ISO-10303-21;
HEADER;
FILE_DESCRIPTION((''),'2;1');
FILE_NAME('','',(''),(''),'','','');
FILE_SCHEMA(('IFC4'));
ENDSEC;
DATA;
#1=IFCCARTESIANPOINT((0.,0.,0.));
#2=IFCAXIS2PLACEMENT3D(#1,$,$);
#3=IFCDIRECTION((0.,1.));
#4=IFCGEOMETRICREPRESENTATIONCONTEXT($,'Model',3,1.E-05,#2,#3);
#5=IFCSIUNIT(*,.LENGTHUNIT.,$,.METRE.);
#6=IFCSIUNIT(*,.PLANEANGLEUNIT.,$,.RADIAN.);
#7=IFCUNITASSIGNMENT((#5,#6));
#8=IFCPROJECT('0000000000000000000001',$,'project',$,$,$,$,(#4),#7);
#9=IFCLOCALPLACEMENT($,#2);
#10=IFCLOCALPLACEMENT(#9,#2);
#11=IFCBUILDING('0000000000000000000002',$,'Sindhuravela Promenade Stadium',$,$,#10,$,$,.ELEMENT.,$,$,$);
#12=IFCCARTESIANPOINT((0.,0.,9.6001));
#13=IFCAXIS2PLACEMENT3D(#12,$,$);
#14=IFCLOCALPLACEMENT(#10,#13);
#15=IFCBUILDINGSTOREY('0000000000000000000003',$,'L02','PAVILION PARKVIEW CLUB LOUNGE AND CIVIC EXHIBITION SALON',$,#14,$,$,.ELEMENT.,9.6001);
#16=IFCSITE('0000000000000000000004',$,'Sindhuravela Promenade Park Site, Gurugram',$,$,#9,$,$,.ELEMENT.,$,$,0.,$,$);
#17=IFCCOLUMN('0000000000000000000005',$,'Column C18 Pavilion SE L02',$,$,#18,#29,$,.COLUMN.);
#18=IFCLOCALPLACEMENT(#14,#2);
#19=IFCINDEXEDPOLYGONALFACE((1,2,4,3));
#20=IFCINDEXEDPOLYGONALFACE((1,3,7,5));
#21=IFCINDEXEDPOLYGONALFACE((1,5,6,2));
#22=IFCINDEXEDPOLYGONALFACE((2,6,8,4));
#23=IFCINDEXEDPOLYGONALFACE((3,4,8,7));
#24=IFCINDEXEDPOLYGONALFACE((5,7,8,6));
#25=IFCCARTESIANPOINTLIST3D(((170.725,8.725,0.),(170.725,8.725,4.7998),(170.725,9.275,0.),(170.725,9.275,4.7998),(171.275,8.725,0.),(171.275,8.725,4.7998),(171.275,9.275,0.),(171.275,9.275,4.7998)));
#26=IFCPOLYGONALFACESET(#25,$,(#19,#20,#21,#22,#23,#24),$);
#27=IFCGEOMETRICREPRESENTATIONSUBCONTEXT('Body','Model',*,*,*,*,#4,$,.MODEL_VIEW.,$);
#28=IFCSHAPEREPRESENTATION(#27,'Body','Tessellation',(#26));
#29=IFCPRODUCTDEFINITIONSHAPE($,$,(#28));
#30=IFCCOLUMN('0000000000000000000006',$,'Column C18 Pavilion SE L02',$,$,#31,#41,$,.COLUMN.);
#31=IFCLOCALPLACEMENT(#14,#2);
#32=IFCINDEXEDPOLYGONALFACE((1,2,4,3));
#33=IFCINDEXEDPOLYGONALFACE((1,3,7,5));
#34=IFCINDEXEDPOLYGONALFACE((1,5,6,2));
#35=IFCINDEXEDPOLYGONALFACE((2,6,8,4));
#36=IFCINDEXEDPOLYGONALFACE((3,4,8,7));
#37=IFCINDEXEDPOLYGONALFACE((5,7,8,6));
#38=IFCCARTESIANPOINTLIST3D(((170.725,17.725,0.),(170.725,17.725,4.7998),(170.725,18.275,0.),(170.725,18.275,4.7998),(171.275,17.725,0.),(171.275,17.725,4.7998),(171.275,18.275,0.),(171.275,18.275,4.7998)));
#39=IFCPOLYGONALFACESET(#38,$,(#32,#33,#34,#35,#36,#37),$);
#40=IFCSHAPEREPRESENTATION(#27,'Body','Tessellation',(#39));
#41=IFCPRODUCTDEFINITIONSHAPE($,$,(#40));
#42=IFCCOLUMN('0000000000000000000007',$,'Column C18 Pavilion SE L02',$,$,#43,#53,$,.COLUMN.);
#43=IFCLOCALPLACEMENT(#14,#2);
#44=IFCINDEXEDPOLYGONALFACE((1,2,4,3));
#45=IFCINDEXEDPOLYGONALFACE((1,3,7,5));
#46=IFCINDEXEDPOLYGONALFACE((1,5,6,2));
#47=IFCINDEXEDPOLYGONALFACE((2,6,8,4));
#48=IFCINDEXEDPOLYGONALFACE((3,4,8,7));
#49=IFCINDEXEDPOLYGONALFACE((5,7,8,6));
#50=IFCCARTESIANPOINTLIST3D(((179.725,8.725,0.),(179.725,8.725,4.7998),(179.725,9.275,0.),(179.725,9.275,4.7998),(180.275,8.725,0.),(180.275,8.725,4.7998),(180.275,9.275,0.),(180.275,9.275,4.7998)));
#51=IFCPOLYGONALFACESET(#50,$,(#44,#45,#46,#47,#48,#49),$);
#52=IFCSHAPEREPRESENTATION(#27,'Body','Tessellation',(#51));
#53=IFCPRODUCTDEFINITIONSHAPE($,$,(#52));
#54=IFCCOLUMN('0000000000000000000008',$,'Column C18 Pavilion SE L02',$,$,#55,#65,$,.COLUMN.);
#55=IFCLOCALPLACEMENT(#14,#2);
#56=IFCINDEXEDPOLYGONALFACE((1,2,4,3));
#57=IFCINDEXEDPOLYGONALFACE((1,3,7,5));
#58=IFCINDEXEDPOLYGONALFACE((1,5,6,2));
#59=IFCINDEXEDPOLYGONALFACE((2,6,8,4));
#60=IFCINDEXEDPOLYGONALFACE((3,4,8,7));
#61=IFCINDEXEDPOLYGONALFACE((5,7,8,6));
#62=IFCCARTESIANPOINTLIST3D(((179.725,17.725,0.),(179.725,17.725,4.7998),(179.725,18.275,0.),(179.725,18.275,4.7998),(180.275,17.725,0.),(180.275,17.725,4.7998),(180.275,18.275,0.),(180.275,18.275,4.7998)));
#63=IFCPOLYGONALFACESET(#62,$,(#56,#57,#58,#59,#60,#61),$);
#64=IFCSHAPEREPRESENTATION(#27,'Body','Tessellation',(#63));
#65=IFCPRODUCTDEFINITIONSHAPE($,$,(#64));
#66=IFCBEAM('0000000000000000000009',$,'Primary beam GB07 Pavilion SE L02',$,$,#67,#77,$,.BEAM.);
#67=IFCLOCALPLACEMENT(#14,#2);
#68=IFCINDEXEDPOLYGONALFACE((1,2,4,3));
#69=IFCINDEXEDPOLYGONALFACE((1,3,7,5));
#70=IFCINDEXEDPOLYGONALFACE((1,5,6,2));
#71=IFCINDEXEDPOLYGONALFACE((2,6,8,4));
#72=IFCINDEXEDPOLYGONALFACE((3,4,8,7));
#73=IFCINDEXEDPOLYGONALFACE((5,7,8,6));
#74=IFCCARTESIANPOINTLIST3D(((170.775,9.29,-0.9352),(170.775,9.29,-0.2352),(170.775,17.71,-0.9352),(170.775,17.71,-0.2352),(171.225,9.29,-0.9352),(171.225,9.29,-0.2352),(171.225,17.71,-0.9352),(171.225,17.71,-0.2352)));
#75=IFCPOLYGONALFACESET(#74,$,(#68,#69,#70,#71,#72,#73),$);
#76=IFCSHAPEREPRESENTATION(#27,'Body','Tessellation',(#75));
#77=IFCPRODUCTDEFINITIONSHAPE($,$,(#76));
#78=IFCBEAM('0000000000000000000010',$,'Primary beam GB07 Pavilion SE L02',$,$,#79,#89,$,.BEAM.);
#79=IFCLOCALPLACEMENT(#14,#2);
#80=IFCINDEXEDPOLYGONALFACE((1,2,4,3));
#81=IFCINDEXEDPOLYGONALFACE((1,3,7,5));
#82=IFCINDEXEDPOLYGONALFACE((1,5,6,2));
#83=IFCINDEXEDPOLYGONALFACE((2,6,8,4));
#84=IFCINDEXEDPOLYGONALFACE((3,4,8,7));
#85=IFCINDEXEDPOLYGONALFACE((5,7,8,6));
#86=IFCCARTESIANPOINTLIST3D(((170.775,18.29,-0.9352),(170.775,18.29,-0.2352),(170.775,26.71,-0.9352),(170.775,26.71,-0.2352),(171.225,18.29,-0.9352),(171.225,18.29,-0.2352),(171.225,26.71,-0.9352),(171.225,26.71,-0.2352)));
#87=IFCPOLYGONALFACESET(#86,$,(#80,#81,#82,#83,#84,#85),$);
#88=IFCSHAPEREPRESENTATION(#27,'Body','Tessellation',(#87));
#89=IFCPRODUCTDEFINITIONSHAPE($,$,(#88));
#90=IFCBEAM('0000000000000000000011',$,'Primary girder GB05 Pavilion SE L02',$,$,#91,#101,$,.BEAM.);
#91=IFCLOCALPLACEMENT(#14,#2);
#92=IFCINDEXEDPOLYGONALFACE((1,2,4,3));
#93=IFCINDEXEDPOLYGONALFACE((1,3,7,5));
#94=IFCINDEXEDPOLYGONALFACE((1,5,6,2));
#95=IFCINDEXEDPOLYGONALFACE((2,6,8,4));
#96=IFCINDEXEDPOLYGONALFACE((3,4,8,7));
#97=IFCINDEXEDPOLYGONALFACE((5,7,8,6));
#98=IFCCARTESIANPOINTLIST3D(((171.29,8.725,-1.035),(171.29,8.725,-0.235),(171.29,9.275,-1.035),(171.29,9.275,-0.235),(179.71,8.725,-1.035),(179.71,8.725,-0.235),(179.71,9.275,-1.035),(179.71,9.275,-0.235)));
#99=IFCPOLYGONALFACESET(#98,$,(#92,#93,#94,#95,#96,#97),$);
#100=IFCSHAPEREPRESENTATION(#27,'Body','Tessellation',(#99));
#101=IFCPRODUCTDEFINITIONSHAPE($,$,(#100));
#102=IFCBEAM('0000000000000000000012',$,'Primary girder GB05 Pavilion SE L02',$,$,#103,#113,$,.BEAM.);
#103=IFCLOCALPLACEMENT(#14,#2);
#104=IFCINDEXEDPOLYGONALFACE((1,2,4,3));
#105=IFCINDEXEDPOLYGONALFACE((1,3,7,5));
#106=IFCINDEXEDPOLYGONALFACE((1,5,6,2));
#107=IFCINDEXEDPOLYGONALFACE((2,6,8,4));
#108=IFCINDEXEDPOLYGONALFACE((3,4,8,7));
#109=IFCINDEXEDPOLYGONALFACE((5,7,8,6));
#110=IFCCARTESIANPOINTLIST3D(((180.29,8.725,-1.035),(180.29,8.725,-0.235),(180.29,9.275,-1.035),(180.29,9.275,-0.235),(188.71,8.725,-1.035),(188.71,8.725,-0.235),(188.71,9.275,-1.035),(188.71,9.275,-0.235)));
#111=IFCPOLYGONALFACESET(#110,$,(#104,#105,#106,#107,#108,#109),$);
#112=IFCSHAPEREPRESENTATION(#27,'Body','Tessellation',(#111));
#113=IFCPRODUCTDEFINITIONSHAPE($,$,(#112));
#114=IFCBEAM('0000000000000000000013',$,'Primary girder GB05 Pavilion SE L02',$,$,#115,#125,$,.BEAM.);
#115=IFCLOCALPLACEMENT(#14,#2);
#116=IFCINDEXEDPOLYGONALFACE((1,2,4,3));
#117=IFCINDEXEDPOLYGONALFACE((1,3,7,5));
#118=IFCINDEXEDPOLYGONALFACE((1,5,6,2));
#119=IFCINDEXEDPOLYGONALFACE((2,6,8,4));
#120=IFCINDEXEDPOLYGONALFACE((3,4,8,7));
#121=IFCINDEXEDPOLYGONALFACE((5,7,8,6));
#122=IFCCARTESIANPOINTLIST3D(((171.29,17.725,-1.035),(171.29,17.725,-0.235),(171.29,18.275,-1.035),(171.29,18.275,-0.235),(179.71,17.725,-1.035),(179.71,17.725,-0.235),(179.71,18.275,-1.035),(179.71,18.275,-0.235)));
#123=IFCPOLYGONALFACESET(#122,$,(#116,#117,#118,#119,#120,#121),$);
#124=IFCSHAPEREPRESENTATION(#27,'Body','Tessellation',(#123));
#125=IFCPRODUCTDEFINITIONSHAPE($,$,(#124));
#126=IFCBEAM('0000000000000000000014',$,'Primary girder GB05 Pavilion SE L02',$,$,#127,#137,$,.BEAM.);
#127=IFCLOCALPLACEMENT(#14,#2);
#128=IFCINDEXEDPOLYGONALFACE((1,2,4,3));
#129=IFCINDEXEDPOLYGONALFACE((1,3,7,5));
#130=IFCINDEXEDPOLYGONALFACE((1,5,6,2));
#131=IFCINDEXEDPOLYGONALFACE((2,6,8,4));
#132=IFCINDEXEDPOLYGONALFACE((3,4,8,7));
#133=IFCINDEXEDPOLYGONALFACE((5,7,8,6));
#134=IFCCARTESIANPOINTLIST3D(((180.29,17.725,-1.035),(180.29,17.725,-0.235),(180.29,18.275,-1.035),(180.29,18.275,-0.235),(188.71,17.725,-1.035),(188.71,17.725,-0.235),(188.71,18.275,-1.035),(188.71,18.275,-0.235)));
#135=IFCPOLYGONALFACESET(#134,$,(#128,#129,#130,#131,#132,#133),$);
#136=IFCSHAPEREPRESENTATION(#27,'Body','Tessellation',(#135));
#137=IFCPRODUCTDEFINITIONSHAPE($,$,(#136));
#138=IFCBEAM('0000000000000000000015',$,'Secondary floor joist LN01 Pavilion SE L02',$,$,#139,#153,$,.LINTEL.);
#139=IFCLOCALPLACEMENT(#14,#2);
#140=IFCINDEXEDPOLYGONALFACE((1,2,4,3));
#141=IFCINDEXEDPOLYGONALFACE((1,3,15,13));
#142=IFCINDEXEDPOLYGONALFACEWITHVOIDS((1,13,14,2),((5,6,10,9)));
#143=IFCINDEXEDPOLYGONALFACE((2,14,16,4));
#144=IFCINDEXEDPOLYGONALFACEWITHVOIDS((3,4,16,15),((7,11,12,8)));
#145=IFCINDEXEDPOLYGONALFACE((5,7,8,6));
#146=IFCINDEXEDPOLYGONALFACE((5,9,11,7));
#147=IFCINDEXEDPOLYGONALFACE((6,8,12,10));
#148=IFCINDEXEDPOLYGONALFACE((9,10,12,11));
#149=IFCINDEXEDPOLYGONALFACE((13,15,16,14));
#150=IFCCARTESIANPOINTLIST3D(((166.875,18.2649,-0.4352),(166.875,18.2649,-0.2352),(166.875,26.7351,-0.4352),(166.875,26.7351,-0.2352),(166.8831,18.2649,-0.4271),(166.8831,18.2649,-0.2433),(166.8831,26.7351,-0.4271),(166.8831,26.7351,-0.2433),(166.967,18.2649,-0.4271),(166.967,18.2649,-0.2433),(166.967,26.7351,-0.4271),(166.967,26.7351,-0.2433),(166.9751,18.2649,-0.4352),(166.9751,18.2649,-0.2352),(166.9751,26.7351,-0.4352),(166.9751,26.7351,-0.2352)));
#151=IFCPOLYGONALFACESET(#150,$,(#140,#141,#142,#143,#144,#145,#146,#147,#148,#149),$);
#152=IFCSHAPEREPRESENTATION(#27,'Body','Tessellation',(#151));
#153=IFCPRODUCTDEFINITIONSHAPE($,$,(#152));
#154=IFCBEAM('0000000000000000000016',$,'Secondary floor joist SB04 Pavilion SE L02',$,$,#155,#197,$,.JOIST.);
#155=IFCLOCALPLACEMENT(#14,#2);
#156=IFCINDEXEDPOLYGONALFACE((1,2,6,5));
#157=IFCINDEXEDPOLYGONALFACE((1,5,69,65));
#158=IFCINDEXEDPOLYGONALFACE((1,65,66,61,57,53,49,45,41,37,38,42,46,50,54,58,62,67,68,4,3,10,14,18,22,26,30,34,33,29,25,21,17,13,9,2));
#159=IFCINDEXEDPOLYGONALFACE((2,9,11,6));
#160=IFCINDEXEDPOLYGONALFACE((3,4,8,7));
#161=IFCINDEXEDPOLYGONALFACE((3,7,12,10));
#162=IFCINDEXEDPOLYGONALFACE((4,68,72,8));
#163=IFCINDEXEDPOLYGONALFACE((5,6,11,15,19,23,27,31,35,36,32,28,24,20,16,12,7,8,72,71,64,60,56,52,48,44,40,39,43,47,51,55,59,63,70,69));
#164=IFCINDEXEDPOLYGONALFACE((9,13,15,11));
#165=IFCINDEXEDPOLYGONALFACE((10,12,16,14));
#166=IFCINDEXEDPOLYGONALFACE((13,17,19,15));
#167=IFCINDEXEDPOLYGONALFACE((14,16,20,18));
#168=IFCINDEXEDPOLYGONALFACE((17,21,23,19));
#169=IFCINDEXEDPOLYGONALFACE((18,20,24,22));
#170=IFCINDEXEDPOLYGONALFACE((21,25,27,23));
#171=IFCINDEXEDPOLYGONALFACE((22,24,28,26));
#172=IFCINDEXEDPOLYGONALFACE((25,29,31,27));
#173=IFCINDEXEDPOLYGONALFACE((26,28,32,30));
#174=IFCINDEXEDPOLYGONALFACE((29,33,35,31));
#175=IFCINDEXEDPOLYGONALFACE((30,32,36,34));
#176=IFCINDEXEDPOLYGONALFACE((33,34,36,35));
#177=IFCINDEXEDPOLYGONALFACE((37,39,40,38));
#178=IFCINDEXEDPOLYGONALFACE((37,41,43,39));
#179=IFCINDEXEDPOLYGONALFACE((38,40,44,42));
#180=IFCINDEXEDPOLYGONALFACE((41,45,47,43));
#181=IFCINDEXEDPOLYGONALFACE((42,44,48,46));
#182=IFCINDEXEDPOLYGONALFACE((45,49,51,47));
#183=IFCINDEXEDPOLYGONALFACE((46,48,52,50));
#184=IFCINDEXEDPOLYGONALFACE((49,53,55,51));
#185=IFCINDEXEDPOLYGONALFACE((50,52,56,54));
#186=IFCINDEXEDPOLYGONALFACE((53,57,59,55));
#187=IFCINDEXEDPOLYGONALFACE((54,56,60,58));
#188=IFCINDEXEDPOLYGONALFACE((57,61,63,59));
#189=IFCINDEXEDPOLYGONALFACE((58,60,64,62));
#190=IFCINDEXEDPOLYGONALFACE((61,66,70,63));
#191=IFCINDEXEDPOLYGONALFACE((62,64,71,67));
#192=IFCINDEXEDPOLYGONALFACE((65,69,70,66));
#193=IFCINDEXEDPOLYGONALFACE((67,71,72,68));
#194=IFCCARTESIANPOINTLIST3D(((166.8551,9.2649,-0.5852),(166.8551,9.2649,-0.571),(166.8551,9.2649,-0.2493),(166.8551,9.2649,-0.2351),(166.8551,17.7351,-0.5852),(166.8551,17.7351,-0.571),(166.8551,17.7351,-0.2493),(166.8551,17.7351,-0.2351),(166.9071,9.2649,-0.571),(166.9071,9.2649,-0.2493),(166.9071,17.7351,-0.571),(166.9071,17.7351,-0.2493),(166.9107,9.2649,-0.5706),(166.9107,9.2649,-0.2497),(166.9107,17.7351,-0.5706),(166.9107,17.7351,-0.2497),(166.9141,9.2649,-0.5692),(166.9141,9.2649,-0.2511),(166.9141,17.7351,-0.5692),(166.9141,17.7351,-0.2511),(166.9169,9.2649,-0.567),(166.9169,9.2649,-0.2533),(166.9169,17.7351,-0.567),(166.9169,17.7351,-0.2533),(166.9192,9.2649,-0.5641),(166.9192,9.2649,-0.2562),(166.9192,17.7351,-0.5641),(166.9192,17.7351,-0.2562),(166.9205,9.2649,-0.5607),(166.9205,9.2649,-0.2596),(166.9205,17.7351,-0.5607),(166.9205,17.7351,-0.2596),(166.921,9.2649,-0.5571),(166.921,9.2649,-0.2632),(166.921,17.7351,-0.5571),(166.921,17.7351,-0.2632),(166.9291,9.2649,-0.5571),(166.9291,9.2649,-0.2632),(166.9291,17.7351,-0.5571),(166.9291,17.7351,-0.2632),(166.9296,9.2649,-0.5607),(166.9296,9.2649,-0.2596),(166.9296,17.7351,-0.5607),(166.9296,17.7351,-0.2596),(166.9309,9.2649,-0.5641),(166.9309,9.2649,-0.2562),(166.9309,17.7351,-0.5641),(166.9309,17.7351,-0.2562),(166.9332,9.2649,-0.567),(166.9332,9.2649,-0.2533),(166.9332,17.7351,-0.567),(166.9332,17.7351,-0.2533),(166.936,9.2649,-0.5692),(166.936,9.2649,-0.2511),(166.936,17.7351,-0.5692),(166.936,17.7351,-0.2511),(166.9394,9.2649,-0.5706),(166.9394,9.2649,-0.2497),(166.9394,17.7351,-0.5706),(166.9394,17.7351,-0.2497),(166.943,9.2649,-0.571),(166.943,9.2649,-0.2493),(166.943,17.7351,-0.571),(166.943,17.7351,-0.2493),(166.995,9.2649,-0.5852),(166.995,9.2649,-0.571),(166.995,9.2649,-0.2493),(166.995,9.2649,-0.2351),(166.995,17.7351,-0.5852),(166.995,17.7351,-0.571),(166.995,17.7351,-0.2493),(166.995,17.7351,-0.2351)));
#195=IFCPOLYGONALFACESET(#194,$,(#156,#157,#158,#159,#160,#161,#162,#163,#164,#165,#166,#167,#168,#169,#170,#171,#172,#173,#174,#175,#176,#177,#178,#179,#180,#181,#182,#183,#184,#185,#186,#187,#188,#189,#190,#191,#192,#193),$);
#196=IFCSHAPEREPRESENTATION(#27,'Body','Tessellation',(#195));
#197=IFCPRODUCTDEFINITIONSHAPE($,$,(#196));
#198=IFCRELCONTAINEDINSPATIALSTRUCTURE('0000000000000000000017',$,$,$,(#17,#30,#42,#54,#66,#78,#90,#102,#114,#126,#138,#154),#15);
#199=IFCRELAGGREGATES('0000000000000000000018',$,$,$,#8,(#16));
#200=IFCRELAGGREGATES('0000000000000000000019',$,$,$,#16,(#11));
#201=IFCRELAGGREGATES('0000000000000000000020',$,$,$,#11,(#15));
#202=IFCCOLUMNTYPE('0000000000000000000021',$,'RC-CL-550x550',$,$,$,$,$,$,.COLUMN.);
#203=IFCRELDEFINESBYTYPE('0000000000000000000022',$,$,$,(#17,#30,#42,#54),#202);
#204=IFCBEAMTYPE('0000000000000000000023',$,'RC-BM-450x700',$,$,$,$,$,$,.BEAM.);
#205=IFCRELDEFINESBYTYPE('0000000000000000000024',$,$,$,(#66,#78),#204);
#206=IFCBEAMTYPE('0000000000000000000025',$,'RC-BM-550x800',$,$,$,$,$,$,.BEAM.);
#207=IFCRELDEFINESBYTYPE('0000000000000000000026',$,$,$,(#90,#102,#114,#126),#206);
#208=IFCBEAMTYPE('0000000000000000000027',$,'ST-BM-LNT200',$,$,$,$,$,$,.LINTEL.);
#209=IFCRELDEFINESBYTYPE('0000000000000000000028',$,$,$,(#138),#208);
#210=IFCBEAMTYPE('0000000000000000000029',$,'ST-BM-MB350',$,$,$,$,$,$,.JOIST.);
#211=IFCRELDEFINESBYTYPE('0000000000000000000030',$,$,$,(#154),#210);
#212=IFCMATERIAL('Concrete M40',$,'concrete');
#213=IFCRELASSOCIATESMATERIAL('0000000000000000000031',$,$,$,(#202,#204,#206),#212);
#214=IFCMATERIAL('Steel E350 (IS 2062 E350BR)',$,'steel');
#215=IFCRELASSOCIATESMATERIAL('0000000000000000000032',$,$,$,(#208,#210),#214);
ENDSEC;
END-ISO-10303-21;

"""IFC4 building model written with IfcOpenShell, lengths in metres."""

from ifc_helpers import new_model, si_unit, direction, frame, origin, origin_2d, place, context, subcontext, project, spatial, rectangle, hollow_rectangle, i_section, extrude, material, material_profile, profile_set, type_object, element, save


model = new_model("IFC4")

# Units and contexts
model_context = context("Model", 3, precision=1e-05, world=origin(), true_north=direction((0.0, 1.0)))
body_context = subcontext(model_context, "Body", "Model", "MODEL_VIEW")
ifc_project = project(units=[si_unit("LENGTHUNIT", "METRE"), si_unit("PLANEANGLEUNIT", "RADIAN")], contexts=[model_context])

# Site, building, storey
site_placement = place(None, origin())
site = spatial("IfcSite", under=ifc_project, at=site_placement, Name="Sindhuravela Promenade Park Site, Gurugram", CompositionType="ELEMENT", RefElevation=0.0)
building_placement = place(site_placement, origin())
building = spatial("IfcBuilding", under=site, at=building_placement, Name="Sindhuravela Promenade Stadium", CompositionType="ELEMENT")
storey_placement = place(building_placement, frame((0.0, 0.0, 9.6001)))
storey = spatial("IfcBuildingStorey", under=building, at=storey_placement, Name="L02", Description="PAVILION PARKVIEW CLUB LOUNGE AND CIVIC EXHIBITION SALON", CompositionType="ELEMENT", Elevation=9.6001)

# Columns
ifc_material_1 = material(Name="Concrete M40", Category="concrete")
ifc_material_profile_1 = material_profile(ifc_material_1, rectangle(XDim=0.55, YDim=0.55, at=origin_2d()), Name="RC 550x550")
ifc_profile_set_1 = profile_set([ifc_material_profile_1], Name="Concrete M40")
column_type = type_object("IfcColumnType", Name="RC-CL-550x550", PredefinedType="COLUMN", material=ifc_profile_set_1)
for number, where, z_axis, x_axis, name in (
    (1, (171.0, 9.0, 0.0), (0.0, 0.0, 1.0), (1.0, 0.0, 0.0), "Column C18 Pavilion SE L02"),
    (2, (171.0, 18.0, 0.0), (0.0, 0.0, 1.0), (1.0, 0.0, 0.0), "Column C18 Pavilion SE L02"),
    (3, (180.0, 9.0, 0.0), (0.0, 0.0, 1.0), (1.0, 0.0, 0.0), "Column C18 Pavilion SE L02"),
    (4, (180.0, 18.0, 0.0), (0.0, 0.0, 1.0), (1.0, 0.0, 0.0), "Column C18 Pavilion SE L02"),
):
    element("IfcColumn", number, at=place(storey_placement, frame(where, z_axis=z_axis, x_axis=x_axis)), inside=storey, type_object=column_type, Name=name, PredefinedType="COLUMN", context=body_context, shape_type="SweptSolid", body=[
        extrude(rectangle(XDim=0.55, YDim=0.55, at=origin_2d()), origin(), (0.0, 0.0, 1.0), 4.7998),
    ])

# Beams
ifc_material_profile_2 = material_profile(ifc_material_1, rectangle(XDim=0.45, YDim=0.7, at=origin_2d()), Name="RC 450x700")
ifc_profile_set_2 = profile_set([ifc_material_profile_2], Name="Concrete M40")
beam_type_1 = type_object("IfcBeamType", Name="RC-BM-450x700", PredefinedType="BEAM", material=ifc_profile_set_2)
for number, where, z_axis, x_axis, name in (
    (5, (171.0, 9.29, -0.5852), (0.0, 1.0, 0.0), (-1.0, 0.0, 0.0), "Primary beam GB07 Pavilion SE L02"),
    (6, (171.0, 18.29, -0.5852), (0.0, 1.0, 0.0), (-1.0, 0.0, 0.0), "Primary beam GB07 Pavilion SE L02"),
):
    element("IfcBeam", number, at=place(storey_placement, frame(where, z_axis=z_axis, x_axis=x_axis)), inside=storey, type_object=beam_type_1, Name=name, PredefinedType="BEAM", context=body_context, shape_type="SweptSolid", body=[
        extrude(rectangle(XDim=0.45, YDim=0.7, at=origin_2d()), origin(), (0.0, 0.0, 1.0), 8.4199),
    ])
ifc_material_profile_3 = material_profile(ifc_material_1, rectangle(XDim=0.55, YDim=0.8, at=origin_2d()), Name="RC 550x800")
ifc_profile_set_3 = profile_set([ifc_material_profile_3], Name="Concrete M40")
beam_type_2 = type_object("IfcBeamType", Name="RC-BM-550x800", PredefinedType="BEAM", material=ifc_profile_set_3)
for number, where, z_axis, x_axis, name in (
    (7, (171.29, 9.0, -0.635), (1.0, 0.0, 0.0), (0.0, 1.0, 0.0), "Primary girder GB05 Pavilion SE L02"),
    (8, (180.29, 9.0, -0.635), (1.0, 0.0, 0.0), (0.0, 1.0, 0.0), "Primary girder GB05 Pavilion SE L02"),
    (9, (171.29, 18.0, -0.635), (1.0, 0.0, 0.0), (0.0, 1.0, 0.0), "Primary girder GB05 Pavilion SE L02"),
    (10, (180.29, 18.0, -0.635), (1.0, 0.0, 0.0), (0.0, 1.0, 0.0), "Primary girder GB05 Pavilion SE L02"),
):
    element("IfcBeam", number, at=place(storey_placement, frame(where, z_axis=z_axis, x_axis=x_axis)), inside=storey, type_object=beam_type_2, Name=name, PredefinedType="BEAM", context=body_context, shape_type="SweptSolid", body=[
        extrude(rectangle(XDim=0.55, YDim=0.8, at=origin_2d()), origin(), (0.0, 0.0, 1.0), 8.4199),
    ])
ifc_material_2 = material(Name="Steel E350 (IS 2062 E350BR)", Category="steel")
ifc_material_profile_4 = material_profile(ifc_material_2, hollow_rectangle(XDim=0.1001, YDim=0.2, WallThickness=0.0081, at=origin_2d()), Name="RHS 200x100x8")
ifc_profile_set_4 = profile_set([ifc_material_profile_4], Name="Steel E350 (IS 2062 E350BR)")
beam_type_3 = type_object("IfcBeamType", Name="ST-BM-LNT200", PredefinedType="LINTEL", material=ifc_profile_set_4)
beam_1_placement = place(storey_placement, frame((166.925, 18.2649, -0.3352), z_axis=(0.0, 1.0, 0.0), x_axis=(-1.0, 0.0, 0.0)))
element("IfcBeam", 11, at=beam_1_placement, inside=storey, type_object=beam_type_3, Name="Secondary floor joist LN01 Pavilion SE L02", PredefinedType="LINTEL", context=body_context, shape_type="SweptSolid", body=[
    extrude(hollow_rectangle(XDim=0.1001, YDim=0.2, WallThickness=0.0081, at=origin_2d()), origin(), (0.0, 0.0, 1.0), 8.4702),
])
ifc_material_profile_5 = material_profile(ifc_material_2, i_section(OverallWidth=0.1399, OverallDepth=0.3501, WebThickness=0.0081, FlangeThickness=0.0142, FilletRadius=0.0139, at=origin_2d()), Name="ISMB 350")
ifc_profile_set_5 = profile_set([ifc_material_profile_5], Name="Steel E350 (IS 2062 E350BR)")
beam_type_4 = type_object("IfcBeamType", Name="ST-BM-MB350", PredefinedType="JOIST", material=ifc_profile_set_5)
beam_2_placement = place(storey_placement, frame((166.925, 9.2649, -0.4102), z_axis=(0.0, 1.0, 0.0), x_axis=(-1.0, 0.0, 0.0)))
element("IfcBeam", 12, at=beam_2_placement, inside=storey, type_object=beam_type_4, Name="Secondary floor joist SB04 Pavilion SE L02", PredefinedType="JOIST", context=body_context, shape_type="SweptSolid", body=[
    extrude(i_section(OverallWidth=0.1399, OverallDepth=0.3501, WebThickness=0.0081, FlangeThickness=0.0142, FilletRadius=0.0139, at=origin_2d()), origin(), (0.0, 0.0, 1.0), 8.4702),
])

save(model, "model.ifc")
